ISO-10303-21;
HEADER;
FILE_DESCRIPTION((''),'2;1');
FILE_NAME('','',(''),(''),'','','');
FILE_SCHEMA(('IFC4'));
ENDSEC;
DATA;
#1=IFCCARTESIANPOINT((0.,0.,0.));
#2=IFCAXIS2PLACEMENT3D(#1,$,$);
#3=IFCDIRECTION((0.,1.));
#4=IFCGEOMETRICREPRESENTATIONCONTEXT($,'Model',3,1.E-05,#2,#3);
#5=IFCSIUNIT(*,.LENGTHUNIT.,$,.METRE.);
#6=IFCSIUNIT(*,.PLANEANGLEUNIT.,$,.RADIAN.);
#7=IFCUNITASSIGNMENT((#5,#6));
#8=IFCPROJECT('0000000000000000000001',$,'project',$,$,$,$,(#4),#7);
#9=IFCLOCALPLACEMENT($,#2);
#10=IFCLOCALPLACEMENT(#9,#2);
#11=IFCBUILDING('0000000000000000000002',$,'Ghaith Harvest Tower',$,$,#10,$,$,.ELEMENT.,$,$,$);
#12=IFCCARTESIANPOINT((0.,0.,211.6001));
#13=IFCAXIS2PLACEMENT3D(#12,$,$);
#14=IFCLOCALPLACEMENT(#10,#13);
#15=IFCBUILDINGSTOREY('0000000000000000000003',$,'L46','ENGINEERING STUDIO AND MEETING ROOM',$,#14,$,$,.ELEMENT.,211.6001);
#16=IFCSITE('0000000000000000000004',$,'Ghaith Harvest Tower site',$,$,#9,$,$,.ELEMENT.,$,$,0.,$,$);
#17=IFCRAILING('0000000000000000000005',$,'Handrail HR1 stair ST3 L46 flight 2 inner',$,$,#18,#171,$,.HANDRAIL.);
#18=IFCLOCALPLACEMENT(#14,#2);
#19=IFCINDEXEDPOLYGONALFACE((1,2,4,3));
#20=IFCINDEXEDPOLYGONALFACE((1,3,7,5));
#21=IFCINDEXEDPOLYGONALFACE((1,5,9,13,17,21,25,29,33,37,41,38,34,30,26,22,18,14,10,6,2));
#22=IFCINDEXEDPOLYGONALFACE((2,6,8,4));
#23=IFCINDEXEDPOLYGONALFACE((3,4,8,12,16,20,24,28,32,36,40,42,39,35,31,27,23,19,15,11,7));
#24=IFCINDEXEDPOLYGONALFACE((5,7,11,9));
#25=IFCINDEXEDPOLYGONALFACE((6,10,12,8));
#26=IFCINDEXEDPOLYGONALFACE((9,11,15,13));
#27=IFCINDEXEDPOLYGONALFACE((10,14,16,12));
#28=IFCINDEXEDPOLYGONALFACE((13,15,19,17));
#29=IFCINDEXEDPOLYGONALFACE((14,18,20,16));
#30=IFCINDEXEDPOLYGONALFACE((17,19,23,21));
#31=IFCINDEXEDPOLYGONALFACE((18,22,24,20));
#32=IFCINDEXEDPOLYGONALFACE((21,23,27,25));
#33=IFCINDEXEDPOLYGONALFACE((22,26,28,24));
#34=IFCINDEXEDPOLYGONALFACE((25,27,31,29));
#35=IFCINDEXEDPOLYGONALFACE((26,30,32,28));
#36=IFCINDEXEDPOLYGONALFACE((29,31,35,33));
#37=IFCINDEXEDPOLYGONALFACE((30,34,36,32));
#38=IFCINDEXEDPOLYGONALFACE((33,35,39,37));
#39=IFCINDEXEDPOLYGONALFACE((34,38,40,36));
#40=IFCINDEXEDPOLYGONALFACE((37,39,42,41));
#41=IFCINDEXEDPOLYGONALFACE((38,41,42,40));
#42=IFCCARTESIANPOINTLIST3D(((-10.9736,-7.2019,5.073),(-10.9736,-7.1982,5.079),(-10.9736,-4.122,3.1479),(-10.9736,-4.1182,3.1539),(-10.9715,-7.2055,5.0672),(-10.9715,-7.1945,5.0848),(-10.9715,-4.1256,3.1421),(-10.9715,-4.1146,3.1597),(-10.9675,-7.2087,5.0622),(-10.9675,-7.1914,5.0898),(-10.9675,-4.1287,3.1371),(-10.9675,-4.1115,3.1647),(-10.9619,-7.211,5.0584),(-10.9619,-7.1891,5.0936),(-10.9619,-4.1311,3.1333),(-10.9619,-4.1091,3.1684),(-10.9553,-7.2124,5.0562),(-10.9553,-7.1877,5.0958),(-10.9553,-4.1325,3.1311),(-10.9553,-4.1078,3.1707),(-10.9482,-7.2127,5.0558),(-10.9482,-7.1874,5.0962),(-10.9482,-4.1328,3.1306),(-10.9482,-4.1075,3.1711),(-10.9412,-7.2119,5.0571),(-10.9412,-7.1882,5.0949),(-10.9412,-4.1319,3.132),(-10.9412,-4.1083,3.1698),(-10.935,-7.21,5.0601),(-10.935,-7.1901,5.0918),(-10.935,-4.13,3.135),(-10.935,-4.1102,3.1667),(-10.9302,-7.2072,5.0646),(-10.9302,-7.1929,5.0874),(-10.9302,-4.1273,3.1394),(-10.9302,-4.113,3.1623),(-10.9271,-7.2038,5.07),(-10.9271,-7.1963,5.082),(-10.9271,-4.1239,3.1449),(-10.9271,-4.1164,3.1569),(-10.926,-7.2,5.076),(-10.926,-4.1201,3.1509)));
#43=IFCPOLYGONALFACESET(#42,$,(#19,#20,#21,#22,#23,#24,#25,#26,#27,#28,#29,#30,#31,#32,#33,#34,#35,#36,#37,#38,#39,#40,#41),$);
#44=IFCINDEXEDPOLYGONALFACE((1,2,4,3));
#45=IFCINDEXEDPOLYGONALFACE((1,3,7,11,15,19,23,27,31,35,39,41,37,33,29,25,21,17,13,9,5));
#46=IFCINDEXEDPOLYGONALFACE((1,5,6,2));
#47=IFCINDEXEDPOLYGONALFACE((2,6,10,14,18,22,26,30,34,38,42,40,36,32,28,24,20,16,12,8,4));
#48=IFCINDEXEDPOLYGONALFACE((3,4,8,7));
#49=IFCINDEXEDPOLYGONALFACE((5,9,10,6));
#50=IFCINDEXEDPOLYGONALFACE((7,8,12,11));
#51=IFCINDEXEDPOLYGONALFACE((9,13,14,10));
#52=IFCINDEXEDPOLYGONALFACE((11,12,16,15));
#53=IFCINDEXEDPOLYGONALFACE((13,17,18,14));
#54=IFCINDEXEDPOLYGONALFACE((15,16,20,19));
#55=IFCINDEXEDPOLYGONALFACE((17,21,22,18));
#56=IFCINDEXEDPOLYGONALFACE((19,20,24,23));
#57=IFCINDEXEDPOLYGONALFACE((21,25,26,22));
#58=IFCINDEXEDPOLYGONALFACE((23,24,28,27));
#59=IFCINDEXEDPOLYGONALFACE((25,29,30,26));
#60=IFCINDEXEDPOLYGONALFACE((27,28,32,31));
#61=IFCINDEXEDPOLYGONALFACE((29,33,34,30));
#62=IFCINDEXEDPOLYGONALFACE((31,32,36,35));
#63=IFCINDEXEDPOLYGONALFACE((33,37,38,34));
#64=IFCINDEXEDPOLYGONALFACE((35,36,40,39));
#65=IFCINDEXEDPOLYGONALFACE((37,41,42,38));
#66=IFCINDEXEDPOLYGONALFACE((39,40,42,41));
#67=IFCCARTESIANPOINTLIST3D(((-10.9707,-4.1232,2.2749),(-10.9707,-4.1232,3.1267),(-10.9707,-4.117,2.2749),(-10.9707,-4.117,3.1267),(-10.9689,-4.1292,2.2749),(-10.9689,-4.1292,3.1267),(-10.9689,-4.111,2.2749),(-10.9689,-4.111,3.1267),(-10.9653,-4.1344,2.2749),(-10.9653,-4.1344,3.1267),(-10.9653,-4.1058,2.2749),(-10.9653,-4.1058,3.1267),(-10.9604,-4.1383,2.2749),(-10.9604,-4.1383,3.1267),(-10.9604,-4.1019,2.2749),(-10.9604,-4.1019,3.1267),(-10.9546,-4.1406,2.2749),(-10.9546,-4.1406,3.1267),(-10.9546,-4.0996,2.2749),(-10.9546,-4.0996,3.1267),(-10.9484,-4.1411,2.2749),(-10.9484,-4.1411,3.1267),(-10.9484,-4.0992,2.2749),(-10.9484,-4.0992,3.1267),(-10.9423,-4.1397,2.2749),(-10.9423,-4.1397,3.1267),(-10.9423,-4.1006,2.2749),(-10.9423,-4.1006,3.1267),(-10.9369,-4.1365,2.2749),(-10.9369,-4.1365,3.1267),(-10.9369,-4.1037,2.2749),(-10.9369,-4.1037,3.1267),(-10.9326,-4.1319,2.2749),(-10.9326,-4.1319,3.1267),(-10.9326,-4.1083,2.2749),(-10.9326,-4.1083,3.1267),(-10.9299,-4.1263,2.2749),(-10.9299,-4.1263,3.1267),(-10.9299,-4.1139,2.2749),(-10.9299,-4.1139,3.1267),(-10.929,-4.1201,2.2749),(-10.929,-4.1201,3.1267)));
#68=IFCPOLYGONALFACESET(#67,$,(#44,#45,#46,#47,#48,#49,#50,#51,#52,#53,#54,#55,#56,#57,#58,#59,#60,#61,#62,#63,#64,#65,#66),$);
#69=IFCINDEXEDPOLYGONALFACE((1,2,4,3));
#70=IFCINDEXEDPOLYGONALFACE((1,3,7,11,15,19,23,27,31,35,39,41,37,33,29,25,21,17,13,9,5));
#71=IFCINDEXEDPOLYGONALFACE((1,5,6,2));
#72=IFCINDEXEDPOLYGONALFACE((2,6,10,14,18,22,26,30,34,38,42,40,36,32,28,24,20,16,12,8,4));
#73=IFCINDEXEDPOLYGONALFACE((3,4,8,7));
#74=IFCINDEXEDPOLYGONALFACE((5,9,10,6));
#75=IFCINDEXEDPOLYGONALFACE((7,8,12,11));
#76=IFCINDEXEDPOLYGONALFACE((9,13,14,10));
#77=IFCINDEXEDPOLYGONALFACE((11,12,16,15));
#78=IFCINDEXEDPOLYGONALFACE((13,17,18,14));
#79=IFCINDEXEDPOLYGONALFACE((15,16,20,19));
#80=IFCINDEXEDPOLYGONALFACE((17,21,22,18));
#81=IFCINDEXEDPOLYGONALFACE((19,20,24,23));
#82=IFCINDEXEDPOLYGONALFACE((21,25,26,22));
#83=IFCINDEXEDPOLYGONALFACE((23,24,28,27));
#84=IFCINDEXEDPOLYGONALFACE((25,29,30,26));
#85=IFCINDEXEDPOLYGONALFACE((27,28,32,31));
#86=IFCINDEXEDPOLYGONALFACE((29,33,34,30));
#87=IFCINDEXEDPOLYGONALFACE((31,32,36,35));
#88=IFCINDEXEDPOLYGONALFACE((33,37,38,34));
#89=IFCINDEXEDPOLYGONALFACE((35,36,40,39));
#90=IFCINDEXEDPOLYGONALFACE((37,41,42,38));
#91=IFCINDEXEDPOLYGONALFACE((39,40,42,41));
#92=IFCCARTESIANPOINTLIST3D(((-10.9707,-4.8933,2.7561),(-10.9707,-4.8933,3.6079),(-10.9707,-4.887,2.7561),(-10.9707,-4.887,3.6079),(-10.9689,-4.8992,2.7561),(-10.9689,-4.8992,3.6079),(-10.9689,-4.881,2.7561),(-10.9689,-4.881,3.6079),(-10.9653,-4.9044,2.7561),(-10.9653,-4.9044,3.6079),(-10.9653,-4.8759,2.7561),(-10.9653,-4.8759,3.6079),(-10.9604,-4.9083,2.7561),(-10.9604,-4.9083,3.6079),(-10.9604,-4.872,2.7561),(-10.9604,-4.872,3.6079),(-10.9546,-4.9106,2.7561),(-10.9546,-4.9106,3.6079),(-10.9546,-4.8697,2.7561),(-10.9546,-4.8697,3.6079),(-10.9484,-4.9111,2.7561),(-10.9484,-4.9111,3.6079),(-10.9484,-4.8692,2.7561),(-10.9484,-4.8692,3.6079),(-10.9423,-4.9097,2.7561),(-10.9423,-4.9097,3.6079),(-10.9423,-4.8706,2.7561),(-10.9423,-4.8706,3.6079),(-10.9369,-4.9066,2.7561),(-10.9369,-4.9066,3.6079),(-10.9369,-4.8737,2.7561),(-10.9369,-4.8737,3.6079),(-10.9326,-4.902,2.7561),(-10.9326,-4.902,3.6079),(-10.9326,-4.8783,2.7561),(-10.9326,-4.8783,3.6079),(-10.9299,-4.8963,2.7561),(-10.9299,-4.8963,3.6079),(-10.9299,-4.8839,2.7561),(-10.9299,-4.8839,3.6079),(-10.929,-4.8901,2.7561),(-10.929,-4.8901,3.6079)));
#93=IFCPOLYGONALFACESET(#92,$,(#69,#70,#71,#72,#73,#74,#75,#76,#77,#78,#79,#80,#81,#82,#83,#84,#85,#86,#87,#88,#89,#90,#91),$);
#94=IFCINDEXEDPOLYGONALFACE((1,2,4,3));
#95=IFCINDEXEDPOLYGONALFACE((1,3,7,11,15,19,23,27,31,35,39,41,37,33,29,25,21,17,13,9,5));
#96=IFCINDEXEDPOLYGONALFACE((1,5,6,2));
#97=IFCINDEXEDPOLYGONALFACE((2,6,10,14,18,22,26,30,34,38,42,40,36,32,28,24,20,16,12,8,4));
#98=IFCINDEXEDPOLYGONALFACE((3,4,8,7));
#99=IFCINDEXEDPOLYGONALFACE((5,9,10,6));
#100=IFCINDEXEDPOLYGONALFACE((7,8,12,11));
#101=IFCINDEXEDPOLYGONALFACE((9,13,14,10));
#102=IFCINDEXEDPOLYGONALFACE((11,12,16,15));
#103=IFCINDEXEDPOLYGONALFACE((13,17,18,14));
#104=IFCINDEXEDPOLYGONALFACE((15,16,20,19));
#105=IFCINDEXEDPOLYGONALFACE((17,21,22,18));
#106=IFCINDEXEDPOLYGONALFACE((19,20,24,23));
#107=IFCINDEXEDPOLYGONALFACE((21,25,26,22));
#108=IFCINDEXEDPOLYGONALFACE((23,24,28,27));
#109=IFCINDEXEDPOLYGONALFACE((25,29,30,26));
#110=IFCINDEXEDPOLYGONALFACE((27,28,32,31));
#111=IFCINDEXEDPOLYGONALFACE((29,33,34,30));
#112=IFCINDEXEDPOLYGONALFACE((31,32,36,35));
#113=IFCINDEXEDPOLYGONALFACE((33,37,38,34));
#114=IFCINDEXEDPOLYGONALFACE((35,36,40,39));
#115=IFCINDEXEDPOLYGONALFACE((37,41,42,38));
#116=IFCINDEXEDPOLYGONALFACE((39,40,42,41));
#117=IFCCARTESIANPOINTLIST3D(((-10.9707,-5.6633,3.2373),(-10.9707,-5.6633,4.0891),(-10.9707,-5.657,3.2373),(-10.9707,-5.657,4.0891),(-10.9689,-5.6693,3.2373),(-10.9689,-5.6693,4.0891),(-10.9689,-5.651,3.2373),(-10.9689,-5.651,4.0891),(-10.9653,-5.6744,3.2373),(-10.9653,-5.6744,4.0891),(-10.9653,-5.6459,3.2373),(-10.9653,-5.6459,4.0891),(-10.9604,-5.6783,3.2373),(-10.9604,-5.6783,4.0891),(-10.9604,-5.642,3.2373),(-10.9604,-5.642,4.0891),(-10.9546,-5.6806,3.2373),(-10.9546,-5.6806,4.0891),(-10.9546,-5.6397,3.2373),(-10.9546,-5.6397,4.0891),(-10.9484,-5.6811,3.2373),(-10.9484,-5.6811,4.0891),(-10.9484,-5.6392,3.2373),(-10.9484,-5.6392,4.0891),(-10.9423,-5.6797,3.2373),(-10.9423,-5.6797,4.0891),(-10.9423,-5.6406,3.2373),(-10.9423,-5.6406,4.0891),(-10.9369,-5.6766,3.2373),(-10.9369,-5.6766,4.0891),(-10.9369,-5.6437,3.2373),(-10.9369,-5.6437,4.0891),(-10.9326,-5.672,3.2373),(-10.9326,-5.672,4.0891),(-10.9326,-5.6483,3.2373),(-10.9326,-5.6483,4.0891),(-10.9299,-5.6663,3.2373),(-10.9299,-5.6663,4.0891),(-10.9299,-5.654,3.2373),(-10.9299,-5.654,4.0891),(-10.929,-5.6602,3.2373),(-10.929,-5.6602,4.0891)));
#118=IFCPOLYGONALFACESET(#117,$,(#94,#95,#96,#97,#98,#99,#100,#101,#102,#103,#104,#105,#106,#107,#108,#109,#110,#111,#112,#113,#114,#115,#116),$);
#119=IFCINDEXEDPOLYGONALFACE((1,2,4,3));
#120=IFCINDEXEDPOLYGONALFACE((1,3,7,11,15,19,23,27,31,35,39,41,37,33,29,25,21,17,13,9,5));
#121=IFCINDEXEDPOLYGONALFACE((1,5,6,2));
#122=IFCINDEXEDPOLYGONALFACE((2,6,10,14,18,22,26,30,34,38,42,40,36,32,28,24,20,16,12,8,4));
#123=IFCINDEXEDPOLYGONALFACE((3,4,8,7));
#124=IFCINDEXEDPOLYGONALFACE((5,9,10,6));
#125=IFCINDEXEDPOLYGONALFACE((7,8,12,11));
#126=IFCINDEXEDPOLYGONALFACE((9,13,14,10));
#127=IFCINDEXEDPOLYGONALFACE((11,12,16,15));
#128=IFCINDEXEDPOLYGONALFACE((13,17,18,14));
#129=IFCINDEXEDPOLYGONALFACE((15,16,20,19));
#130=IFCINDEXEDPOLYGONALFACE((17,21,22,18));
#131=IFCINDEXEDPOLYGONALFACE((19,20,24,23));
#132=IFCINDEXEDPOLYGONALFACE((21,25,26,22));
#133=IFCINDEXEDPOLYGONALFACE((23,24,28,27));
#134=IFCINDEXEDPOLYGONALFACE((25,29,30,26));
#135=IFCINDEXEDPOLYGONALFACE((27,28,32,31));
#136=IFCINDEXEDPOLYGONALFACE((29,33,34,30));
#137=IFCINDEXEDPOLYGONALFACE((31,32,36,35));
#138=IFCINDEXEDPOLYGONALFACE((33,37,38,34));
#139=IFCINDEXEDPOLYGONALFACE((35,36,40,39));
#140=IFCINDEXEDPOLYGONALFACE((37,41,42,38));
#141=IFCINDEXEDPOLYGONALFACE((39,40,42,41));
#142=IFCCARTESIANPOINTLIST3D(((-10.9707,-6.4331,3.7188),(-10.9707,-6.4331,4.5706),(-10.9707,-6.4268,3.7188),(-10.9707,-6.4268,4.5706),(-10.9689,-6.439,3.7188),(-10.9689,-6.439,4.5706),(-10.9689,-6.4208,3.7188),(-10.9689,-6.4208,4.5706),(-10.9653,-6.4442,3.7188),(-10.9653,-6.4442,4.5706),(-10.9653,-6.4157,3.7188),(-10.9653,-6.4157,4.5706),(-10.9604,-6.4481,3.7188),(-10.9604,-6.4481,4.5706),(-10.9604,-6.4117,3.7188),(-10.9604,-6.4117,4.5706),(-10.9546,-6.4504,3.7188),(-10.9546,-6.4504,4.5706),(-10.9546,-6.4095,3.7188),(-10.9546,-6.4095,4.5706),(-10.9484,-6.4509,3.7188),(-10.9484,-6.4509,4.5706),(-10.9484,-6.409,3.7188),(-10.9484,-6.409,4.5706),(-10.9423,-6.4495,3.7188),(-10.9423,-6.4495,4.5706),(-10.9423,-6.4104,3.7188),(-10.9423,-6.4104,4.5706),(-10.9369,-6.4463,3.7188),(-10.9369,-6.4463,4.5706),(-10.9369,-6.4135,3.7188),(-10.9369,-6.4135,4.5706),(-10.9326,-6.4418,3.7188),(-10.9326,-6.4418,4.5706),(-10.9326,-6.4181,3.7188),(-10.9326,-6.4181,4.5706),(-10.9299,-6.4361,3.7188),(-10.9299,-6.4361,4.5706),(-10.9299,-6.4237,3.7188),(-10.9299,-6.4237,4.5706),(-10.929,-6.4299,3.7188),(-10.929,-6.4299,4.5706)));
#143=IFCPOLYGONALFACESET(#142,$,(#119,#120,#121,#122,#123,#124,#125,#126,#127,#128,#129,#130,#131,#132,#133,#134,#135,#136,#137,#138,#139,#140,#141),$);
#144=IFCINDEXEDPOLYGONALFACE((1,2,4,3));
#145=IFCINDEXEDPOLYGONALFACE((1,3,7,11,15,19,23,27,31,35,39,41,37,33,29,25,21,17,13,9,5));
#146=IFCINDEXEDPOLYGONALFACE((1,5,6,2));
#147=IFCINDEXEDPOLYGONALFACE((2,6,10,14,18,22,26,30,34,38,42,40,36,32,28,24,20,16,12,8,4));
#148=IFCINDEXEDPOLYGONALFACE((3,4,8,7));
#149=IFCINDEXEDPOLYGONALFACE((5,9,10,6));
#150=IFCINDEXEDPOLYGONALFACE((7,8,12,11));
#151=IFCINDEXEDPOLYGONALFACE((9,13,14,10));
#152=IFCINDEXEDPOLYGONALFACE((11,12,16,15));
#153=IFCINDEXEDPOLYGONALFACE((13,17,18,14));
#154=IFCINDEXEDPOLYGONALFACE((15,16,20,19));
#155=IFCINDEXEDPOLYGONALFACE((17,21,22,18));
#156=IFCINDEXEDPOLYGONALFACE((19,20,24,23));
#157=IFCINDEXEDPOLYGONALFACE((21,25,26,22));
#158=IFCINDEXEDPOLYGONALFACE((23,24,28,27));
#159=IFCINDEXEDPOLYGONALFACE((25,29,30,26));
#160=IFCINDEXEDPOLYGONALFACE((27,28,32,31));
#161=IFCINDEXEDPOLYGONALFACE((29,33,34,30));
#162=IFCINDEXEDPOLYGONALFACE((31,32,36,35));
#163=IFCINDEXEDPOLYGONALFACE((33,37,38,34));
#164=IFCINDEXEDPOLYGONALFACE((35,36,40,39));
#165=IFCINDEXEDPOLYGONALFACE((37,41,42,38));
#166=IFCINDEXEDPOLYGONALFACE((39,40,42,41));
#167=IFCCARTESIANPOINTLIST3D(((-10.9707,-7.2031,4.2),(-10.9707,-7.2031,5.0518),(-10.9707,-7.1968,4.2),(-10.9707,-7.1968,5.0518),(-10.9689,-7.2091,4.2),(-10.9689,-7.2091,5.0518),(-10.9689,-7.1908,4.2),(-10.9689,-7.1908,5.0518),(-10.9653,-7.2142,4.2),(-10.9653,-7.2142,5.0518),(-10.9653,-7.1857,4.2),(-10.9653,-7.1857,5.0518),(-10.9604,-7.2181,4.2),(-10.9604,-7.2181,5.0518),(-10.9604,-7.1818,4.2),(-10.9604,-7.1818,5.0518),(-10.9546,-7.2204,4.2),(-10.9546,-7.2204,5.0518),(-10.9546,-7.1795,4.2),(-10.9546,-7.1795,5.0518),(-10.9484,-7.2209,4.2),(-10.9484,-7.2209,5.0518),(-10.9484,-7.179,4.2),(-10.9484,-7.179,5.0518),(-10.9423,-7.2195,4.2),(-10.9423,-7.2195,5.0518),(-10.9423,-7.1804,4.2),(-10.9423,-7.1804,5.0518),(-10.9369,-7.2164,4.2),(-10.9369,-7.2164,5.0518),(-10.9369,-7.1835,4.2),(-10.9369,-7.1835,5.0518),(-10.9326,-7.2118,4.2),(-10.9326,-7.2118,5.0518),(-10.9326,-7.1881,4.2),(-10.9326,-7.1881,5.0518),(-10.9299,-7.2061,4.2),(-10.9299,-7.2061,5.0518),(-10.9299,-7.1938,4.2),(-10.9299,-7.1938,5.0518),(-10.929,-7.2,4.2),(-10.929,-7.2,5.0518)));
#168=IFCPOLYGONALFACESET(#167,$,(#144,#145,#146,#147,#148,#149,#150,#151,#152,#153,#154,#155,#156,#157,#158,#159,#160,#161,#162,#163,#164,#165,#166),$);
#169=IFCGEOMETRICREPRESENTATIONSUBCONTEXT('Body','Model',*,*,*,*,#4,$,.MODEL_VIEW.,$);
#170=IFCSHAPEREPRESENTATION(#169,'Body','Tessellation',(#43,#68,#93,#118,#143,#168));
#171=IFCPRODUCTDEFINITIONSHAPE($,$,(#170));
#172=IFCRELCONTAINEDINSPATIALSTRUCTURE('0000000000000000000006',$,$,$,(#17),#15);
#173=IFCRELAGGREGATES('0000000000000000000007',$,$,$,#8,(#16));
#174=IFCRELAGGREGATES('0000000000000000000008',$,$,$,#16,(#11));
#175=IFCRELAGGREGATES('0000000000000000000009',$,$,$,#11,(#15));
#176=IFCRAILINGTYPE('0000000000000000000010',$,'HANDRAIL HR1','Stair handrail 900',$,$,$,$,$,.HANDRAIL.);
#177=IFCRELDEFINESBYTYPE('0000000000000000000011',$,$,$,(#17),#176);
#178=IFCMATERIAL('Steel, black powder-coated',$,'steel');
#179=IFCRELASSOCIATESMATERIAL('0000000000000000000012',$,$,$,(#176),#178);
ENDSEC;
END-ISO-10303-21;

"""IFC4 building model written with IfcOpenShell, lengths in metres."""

from ifc_helpers import new_model, si_unit, direction, frame, origin, origin_2d, place, context, subcontext, project, spatial, circle, extrude, material, type_object, element, save


model = new_model("IFC4")

# Units and contexts
model_context = context("Model", 3, precision=1e-05, world=origin(), true_north=direction((0.0, 1.0)))
body_context = subcontext(model_context, "Body", "Model", "MODEL_VIEW")
ifc_project = project(units=[si_unit("LENGTHUNIT", "METRE"), si_unit("PLANEANGLEUNIT", "RADIAN")], contexts=[model_context])

# Site, building, storey
site_placement = place(None, origin())
site = spatial("IfcSite", under=ifc_project, at=site_placement, Name="Ghaith Harvest Tower site", CompositionType="ELEMENT", RefElevation=0.0)
building_placement = place(site_placement, origin())
building = spatial("IfcBuilding", under=site, at=building_placement, Name="Ghaith Harvest Tower", CompositionType="ELEMENT")
storey_placement = place(building_placement, frame((0.0, 0.0, 211.6001)))
storey = spatial("IfcBuildingStorey", under=building, at=storey_placement, Name="L46", Description="ENGINEERING STUDIO AND MEETING ROOM", CompositionType="ELEMENT", Elevation=211.6001)

# Railing
ifc_material_1 = material(Name="Steel, black powder-coated", Category="steel")
railing_type = type_object("IfcRailingType", Name="HANDRAIL HR1", Description="Stair handrail 900", PredefinedType="HANDRAIL", material=ifc_material_1)
railing_1_placement = place(storey_placement, frame((-10.95, -4.1201, 2.2749)))
element("IfcRailing", 1, at=railing_1_placement, inside=storey, type_object=railing_type, Name="Handrail HR1 stair ST3 L46 flight 2 inner", PredefinedType="HANDRAIL", context=body_context, shape_type="SweptSolid", body=[
    extrude(circle(Radius=0.0239, at=origin_2d()), frame((0.0, 0.0, 0.876), z_axis=(0.0, -0.847979, 0.530029), x_axis=(1.0, 0.0, 0.0)), (0.0, 0.0, 1.0), 3.6321),
    extrude(circle(Radius=0.021, at=origin_2d()), origin(), (0.0, 0.0, 1.0), 0.8518),
    extrude(circle(Radius=0.021, at=origin_2d()), frame((0.0, -0.77, 0.4812)), (0.0, 0.0, 1.0), 0.8518),
    extrude(circle(Radius=0.021, at=origin_2d()), frame((0.0, -1.54, 0.9624)), (0.0, 0.0, 1.0), 0.8518),
    extrude(circle(Radius=0.021, at=origin_2d()), frame((0.0, -2.3098, 1.4438)), (0.0, 0.0, 1.0), 0.8518),
    extrude(circle(Radius=0.021, at=origin_2d()), frame((0.0, -3.0798, 1.925)), (0.0, 0.0, 1.0), 0.8518),
])

save(model, "model.ifc")
